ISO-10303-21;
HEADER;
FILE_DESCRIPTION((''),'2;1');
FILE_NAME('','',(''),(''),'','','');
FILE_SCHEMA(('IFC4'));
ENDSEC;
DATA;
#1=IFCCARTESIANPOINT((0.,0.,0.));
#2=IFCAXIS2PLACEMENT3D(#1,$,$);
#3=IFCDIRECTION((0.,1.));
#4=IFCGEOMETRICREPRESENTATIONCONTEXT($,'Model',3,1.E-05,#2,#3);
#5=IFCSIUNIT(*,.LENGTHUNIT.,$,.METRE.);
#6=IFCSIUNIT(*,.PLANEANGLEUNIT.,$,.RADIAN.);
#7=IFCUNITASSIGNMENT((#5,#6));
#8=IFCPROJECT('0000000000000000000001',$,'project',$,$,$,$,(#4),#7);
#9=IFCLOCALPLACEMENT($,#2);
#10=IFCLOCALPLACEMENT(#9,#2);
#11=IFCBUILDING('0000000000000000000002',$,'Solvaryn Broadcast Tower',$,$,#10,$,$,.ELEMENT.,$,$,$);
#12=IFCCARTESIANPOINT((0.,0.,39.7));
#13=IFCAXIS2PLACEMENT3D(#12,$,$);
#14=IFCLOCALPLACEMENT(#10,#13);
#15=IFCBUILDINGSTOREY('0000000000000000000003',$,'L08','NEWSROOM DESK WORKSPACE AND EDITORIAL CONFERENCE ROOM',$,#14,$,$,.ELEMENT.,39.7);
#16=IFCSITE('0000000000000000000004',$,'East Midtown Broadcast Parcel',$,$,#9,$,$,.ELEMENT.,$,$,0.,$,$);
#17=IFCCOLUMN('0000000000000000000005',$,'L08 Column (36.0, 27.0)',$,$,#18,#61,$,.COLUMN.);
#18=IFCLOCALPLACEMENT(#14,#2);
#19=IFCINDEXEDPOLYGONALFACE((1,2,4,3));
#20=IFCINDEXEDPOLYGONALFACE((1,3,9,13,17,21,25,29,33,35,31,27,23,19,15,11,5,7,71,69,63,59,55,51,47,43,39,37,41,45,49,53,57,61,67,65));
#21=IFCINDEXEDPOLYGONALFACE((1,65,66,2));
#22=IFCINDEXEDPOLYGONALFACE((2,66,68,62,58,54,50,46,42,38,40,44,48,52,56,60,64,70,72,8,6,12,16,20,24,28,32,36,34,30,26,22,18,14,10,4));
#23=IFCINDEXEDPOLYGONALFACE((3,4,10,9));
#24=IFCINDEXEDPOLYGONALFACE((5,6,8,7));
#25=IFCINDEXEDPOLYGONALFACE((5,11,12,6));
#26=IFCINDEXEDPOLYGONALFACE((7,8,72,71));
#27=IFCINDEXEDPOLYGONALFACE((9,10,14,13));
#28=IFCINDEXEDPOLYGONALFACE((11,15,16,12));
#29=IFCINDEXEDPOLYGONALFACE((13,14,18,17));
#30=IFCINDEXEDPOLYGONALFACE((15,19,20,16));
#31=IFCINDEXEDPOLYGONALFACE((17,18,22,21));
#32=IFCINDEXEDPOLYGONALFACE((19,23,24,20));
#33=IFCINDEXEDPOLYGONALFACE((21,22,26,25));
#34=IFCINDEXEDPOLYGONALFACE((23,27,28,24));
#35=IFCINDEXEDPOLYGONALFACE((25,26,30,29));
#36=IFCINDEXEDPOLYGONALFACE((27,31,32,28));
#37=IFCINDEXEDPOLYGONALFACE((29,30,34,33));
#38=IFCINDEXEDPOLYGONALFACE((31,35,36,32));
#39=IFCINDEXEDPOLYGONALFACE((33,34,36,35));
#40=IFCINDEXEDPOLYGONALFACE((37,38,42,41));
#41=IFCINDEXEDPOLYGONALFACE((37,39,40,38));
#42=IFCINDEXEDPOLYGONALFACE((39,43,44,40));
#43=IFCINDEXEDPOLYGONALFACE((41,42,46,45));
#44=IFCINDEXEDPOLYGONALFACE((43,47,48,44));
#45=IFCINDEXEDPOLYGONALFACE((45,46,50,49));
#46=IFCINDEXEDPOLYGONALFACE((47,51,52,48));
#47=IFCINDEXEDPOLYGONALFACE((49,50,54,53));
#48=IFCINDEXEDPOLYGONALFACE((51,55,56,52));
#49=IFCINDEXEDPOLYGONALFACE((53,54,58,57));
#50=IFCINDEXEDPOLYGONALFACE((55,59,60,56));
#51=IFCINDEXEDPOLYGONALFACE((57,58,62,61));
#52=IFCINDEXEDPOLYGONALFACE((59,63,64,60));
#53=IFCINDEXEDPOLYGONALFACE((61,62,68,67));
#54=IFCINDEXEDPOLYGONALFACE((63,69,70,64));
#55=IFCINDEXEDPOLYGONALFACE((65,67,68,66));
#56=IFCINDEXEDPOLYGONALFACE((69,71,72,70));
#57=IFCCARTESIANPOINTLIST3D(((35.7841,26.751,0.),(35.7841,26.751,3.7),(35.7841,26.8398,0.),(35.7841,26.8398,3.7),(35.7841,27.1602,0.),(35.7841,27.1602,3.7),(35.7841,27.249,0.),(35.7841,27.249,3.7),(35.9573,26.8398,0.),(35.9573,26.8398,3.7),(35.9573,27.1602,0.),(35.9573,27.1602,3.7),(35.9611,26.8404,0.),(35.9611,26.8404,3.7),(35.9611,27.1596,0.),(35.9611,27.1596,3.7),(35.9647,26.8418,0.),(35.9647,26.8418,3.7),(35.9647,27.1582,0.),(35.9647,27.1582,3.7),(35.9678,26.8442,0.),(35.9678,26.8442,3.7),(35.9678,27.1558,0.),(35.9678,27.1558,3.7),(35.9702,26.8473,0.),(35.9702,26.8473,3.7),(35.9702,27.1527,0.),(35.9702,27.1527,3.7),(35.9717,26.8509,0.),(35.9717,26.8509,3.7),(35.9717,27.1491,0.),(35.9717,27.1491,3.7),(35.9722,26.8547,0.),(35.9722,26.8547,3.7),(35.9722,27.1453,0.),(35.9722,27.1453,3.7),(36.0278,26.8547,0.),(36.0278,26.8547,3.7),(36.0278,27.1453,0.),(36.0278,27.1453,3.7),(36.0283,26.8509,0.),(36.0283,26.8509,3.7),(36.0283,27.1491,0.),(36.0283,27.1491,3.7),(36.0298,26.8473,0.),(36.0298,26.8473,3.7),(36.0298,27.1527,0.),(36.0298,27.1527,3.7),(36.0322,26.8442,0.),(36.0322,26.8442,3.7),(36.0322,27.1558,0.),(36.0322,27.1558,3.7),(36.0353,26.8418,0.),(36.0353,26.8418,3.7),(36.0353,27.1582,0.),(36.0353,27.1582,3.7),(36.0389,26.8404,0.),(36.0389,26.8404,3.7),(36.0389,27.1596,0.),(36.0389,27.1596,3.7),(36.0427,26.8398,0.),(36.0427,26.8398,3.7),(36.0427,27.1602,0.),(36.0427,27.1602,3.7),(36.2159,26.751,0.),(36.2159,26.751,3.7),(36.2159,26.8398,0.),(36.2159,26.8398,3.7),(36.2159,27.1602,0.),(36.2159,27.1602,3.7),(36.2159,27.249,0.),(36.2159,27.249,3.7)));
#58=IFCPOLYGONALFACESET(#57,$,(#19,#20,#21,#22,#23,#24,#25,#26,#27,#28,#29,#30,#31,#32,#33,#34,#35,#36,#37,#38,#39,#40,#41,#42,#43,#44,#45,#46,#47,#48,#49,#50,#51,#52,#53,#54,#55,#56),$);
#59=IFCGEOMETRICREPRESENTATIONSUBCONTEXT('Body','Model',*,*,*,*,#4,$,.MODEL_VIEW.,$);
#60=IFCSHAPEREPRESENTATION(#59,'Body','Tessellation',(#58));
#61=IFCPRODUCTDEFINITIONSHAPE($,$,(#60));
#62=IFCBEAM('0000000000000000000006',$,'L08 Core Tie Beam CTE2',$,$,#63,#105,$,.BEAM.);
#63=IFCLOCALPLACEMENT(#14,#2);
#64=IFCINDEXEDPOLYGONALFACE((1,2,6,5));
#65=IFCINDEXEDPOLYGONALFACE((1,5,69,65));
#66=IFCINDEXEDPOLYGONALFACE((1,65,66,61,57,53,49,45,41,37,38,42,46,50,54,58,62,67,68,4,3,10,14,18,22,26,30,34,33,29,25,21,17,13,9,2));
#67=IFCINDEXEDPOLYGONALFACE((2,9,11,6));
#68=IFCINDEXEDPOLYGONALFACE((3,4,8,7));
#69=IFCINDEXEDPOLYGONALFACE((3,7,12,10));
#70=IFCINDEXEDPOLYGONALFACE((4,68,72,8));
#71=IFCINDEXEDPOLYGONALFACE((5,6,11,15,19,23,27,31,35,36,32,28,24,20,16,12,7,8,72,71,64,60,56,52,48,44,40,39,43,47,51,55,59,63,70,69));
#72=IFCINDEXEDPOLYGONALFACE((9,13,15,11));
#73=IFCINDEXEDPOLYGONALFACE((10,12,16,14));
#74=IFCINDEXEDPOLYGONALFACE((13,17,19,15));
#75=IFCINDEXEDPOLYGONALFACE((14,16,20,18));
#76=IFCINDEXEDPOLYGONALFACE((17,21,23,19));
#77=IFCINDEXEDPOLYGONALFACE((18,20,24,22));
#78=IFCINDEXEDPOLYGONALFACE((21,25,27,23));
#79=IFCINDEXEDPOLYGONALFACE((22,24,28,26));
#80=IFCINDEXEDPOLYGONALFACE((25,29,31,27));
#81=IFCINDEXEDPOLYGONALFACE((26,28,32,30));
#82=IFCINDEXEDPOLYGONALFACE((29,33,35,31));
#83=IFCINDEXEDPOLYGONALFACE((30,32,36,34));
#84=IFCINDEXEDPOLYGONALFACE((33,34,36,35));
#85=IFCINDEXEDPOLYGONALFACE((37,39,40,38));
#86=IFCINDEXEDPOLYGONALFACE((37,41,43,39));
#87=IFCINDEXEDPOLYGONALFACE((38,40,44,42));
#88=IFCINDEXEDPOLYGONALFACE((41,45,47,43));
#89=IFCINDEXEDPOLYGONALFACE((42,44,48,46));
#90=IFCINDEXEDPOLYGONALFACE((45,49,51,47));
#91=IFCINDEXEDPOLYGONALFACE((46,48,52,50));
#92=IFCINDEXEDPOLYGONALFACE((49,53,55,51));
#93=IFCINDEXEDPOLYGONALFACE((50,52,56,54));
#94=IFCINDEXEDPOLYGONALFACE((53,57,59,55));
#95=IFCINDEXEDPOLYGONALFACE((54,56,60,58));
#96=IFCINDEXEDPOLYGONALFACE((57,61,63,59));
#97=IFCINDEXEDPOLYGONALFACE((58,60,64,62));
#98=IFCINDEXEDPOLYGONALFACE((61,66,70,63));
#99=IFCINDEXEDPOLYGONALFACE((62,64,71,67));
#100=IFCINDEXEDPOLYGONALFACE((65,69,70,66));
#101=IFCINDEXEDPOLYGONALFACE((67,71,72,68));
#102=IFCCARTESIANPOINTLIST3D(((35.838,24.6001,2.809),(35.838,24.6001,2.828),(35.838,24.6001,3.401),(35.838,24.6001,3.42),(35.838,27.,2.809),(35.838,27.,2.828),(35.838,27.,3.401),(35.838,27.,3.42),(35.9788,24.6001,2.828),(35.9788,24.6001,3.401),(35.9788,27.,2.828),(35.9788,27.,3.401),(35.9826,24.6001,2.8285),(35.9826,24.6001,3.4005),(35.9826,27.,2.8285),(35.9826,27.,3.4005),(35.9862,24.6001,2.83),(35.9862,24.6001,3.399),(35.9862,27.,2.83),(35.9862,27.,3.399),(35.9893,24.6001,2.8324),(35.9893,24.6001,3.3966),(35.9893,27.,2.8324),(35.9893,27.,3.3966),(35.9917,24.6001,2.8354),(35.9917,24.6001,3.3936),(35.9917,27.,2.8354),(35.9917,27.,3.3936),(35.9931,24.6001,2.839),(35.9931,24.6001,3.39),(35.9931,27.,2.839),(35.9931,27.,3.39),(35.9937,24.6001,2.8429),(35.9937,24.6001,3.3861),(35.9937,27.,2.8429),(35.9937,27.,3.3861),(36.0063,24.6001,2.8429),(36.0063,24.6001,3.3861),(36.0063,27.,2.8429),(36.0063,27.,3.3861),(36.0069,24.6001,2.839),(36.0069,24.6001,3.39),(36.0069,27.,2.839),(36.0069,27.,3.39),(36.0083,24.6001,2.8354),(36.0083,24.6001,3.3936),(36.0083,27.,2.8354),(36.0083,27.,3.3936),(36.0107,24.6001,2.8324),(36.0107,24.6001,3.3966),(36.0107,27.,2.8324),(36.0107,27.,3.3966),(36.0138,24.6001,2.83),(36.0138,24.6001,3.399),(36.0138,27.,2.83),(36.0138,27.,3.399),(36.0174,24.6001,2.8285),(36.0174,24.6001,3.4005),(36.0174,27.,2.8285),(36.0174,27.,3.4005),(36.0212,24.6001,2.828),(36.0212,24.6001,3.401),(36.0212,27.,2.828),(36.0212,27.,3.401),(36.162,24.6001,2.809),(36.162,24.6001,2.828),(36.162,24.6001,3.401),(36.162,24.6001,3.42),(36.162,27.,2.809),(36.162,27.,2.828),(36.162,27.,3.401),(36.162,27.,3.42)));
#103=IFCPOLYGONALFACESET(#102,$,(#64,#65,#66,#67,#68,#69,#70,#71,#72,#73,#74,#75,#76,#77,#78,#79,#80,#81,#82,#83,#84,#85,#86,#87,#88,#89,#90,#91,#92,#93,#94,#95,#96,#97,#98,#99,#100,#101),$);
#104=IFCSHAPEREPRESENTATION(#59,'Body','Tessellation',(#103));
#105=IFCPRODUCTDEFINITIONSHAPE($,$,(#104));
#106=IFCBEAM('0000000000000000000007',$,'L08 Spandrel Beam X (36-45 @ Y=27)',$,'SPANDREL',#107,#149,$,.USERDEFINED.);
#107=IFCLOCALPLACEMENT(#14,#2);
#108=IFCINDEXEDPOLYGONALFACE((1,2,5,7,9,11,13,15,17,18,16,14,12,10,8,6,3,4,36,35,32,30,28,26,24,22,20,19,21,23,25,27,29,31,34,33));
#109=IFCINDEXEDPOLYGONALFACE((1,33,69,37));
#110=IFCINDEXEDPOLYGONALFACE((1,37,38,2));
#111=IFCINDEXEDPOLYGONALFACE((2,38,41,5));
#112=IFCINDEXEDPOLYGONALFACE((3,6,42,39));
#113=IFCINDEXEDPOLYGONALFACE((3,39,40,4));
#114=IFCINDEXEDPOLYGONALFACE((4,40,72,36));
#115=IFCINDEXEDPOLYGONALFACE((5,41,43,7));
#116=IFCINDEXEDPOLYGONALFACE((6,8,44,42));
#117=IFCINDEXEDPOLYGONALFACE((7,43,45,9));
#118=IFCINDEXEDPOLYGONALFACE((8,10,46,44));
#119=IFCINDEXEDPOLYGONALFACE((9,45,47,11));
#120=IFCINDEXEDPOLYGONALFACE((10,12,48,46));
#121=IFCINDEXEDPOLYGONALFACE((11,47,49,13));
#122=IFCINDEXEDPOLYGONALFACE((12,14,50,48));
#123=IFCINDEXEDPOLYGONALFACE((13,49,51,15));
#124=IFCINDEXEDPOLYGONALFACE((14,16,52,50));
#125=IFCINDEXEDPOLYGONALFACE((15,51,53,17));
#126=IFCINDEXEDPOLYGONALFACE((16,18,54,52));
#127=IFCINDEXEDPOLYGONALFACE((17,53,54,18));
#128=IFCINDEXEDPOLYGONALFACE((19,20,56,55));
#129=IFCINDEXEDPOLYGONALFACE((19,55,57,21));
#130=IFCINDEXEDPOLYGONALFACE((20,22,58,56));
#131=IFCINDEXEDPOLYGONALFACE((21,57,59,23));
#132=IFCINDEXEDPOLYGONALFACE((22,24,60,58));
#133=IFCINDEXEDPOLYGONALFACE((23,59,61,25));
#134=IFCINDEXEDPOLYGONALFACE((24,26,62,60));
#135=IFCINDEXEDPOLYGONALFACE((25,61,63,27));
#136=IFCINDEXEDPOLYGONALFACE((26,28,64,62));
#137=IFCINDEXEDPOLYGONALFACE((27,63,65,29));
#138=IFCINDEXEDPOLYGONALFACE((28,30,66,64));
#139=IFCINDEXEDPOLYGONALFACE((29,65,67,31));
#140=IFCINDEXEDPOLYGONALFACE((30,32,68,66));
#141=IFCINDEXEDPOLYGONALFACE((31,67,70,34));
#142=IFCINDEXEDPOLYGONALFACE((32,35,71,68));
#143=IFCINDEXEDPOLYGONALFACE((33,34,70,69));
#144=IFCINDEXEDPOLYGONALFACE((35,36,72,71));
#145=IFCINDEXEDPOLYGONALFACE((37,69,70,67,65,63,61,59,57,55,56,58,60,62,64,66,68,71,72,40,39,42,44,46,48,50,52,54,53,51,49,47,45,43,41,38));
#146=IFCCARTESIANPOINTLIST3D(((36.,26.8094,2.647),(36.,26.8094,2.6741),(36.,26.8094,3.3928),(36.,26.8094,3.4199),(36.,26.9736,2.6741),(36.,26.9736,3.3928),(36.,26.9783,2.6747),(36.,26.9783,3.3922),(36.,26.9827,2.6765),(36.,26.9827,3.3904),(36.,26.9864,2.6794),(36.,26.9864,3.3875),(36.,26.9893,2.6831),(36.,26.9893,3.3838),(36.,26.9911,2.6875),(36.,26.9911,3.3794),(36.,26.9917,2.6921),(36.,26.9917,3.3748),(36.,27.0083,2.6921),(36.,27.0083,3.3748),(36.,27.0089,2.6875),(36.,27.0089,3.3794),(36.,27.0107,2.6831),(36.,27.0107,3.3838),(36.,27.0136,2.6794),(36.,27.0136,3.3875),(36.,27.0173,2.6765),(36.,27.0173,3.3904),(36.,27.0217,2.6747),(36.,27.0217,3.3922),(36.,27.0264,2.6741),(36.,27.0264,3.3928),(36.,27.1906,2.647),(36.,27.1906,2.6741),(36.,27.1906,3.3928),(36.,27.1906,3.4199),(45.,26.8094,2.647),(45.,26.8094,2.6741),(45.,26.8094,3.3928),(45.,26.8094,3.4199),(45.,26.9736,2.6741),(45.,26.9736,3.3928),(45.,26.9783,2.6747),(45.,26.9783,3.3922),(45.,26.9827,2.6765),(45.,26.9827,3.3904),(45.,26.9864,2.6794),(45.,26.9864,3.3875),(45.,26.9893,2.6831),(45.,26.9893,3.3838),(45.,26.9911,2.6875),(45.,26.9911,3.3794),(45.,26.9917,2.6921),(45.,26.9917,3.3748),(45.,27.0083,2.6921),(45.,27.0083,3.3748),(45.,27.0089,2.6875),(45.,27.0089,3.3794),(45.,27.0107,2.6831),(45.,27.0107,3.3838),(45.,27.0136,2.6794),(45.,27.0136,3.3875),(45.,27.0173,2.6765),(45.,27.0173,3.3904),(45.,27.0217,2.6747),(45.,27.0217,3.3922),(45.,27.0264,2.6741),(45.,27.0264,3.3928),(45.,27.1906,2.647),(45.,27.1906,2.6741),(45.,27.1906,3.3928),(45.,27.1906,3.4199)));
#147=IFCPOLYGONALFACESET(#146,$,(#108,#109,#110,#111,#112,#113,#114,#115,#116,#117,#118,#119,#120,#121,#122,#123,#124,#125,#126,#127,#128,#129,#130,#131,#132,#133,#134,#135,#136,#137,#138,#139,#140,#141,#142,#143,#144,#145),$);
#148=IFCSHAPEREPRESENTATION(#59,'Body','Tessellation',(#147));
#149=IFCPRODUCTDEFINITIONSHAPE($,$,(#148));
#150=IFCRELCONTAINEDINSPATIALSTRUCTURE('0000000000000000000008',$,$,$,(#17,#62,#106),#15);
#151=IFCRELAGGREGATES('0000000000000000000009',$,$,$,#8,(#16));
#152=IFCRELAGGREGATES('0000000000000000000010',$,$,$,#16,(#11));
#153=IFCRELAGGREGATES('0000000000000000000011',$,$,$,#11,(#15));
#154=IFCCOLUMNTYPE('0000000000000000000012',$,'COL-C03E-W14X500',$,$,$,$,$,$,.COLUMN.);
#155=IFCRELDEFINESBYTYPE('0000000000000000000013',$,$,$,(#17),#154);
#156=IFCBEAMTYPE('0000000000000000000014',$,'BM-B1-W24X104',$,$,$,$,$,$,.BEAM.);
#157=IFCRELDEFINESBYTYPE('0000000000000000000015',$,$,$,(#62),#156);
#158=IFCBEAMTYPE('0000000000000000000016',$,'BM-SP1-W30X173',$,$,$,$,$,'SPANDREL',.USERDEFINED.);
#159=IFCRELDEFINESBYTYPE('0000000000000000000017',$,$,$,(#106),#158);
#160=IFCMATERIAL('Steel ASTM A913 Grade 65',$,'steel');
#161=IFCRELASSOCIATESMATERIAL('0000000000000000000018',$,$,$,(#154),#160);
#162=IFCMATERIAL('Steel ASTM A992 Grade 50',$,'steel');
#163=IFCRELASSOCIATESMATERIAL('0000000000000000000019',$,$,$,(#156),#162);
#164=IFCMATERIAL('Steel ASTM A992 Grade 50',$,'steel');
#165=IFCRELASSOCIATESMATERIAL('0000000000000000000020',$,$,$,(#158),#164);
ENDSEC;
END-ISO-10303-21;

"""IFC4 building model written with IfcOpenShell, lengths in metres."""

from ifc_helpers import new_model, si_unit, direction, frame, origin, origin_2d, place, context, subcontext, project, spatial, i_section, extrude, material, material_profile, profile_set, type_object, element, save


model = new_model("IFC4")

# Units and contexts
model_context = context("Model", 3, precision=1e-05, world=origin(), true_north=direction((0.0, 1.0)))
body_context = subcontext(model_context, "Body", "Model", "MODEL_VIEW")
ifc_project = project(units=[si_unit("LENGTHUNIT", "METRE"), si_unit("PLANEANGLEUNIT", "RADIAN")], contexts=[model_context])

# Site, building, storey
site_placement = place(None, origin())
site = spatial("IfcSite", under=ifc_project, at=site_placement, Name="East Midtown Broadcast Parcel", CompositionType="ELEMENT", RefElevation=0.0)
building_placement = place(site_placement, origin())
building = spatial("IfcBuilding", under=site, at=building_placement, Name="Solvaryn Broadcast Tower", CompositionType="ELEMENT")
storey_placement = place(building_placement, frame((0.0, 0.0, 39.7)))
storey = spatial("IfcBuildingStorey", under=building, at=storey_placement, Name="L08", Description="NEWSROOM DESK WORKSPACE AND EDITORIAL CONFERENCE ROOM", CompositionType="ELEMENT", Elevation=39.7)

# Column
ifc_material_1 = material(Name="Steel ASTM A913 Grade 65", Category="steel")
ifc_material_profile_1 = material_profile(ifc_material_1, i_section(OverallWidth=0.4319, OverallDepth=0.498, WebThickness=0.0557, FlangeThickness=0.0889, FilletRadius=0.0149, at=origin_2d()))
ifc_profile_set_1 = profile_set([ifc_material_profile_1], Name="Steel ASTM A913 Grade 65")
column_type = type_object("IfcColumnType", Name="COL-C03E-W14X500", PredefinedType="COLUMN", material=ifc_profile_set_1)
column_placement = place(storey_placement, frame((36.0, 27.0, 0.0), z_axis=(0.0, 0.0, 1.0), x_axis=(1.0, 0.0, 0.0)))
element("IfcColumn", 1, at=column_placement, inside=storey, type_object=column_type, Name="L08 Column (36.0, 27.0)", PredefinedType="COLUMN", context=body_context, shape_type="SweptSolid", body=[
    extrude(i_section(OverallWidth=0.4319, OverallDepth=0.498, WebThickness=0.0557, FlangeThickness=0.0889, FilletRadius=0.0149, at=origin_2d()), origin(), (0.0, 0.0, 1.0), 3.7),
])

# Beams
ifc_material_2 = material(Name="Steel ASTM A992 Grade 50", Category="steel")
ifc_material_profile_2 = material_profile(ifc_material_2, i_section(OverallWidth=0.324, OverallDepth=0.6111, WebThickness=0.0127, FlangeThickness=0.019, FilletRadius=0.0149, at=origin_2d()))
ifc_profile_set_2 = profile_set([ifc_material_profile_2], Name="Steel ASTM A992 Grade 50")
beam_type_1 = type_object("IfcBeamType", Name="BM-B1-W24X104", PredefinedType="BEAM", material=ifc_profile_set_2)
beam_1_placement = place(storey_placement, frame((36.0, 24.6001, 3.1145), z_axis=(0.0, 1.0, 0.0), x_axis=(-1.0, 0.0, 0.0)))
element("IfcBeam", 2, at=beam_1_placement, inside=storey, type_object=beam_type_1, Name="L08 Core Tie Beam CTE2", PredefinedType="BEAM", context=body_context, shape_type="SweptSolid", body=[
    extrude(i_section(OverallWidth=0.324, OverallDepth=0.6111, WebThickness=0.0127, FlangeThickness=0.019, FilletRadius=0.0149, at=origin_2d()), origin(), (0.0, 0.0, 1.0), 2.3999),
])
ifc_material_3 = material(Name="Steel ASTM A992 Grade 50", Category="steel")
ifc_material_profile_3 = material_profile(ifc_material_3, i_section(OverallWidth=0.3811, OverallDepth=0.7729, WebThickness=0.0166, FlangeThickness=0.0271, FilletRadius=0.0181, at=origin_2d()))
ifc_profile_set_3 = profile_set([ifc_material_profile_3], Name="Steel ASTM A992 Grade 50")
beam_type_2 = type_object("IfcBeamType", Name="BM-SP1-W30X173", ElementType="SPANDREL", PredefinedType="USERDEFINED", material=ifc_profile_set_3)
beam_2_placement = place(storey_placement, frame((36.0, 27.0, 3.0334), z_axis=(1.0, 0.0, 0.0), x_axis=(0.0, 1.0, 0.0)))
element("IfcBeam", 3, at=beam_2_placement, inside=storey, type_object=beam_type_2, Name="L08 Spandrel Beam X (36-45 @ Y=27)", ObjectType="SPANDREL", PredefinedType="USERDEFINED", context=body_context, shape_type="SweptSolid", body=[
    extrude(i_section(OverallWidth=0.3811, OverallDepth=0.7729, WebThickness=0.0166, FlangeThickness=0.0271, FilletRadius=0.0181, at=origin_2d()), origin(), (0.0, 0.0, 1.0), 9.0),
])

save(model, "model.ifc")
